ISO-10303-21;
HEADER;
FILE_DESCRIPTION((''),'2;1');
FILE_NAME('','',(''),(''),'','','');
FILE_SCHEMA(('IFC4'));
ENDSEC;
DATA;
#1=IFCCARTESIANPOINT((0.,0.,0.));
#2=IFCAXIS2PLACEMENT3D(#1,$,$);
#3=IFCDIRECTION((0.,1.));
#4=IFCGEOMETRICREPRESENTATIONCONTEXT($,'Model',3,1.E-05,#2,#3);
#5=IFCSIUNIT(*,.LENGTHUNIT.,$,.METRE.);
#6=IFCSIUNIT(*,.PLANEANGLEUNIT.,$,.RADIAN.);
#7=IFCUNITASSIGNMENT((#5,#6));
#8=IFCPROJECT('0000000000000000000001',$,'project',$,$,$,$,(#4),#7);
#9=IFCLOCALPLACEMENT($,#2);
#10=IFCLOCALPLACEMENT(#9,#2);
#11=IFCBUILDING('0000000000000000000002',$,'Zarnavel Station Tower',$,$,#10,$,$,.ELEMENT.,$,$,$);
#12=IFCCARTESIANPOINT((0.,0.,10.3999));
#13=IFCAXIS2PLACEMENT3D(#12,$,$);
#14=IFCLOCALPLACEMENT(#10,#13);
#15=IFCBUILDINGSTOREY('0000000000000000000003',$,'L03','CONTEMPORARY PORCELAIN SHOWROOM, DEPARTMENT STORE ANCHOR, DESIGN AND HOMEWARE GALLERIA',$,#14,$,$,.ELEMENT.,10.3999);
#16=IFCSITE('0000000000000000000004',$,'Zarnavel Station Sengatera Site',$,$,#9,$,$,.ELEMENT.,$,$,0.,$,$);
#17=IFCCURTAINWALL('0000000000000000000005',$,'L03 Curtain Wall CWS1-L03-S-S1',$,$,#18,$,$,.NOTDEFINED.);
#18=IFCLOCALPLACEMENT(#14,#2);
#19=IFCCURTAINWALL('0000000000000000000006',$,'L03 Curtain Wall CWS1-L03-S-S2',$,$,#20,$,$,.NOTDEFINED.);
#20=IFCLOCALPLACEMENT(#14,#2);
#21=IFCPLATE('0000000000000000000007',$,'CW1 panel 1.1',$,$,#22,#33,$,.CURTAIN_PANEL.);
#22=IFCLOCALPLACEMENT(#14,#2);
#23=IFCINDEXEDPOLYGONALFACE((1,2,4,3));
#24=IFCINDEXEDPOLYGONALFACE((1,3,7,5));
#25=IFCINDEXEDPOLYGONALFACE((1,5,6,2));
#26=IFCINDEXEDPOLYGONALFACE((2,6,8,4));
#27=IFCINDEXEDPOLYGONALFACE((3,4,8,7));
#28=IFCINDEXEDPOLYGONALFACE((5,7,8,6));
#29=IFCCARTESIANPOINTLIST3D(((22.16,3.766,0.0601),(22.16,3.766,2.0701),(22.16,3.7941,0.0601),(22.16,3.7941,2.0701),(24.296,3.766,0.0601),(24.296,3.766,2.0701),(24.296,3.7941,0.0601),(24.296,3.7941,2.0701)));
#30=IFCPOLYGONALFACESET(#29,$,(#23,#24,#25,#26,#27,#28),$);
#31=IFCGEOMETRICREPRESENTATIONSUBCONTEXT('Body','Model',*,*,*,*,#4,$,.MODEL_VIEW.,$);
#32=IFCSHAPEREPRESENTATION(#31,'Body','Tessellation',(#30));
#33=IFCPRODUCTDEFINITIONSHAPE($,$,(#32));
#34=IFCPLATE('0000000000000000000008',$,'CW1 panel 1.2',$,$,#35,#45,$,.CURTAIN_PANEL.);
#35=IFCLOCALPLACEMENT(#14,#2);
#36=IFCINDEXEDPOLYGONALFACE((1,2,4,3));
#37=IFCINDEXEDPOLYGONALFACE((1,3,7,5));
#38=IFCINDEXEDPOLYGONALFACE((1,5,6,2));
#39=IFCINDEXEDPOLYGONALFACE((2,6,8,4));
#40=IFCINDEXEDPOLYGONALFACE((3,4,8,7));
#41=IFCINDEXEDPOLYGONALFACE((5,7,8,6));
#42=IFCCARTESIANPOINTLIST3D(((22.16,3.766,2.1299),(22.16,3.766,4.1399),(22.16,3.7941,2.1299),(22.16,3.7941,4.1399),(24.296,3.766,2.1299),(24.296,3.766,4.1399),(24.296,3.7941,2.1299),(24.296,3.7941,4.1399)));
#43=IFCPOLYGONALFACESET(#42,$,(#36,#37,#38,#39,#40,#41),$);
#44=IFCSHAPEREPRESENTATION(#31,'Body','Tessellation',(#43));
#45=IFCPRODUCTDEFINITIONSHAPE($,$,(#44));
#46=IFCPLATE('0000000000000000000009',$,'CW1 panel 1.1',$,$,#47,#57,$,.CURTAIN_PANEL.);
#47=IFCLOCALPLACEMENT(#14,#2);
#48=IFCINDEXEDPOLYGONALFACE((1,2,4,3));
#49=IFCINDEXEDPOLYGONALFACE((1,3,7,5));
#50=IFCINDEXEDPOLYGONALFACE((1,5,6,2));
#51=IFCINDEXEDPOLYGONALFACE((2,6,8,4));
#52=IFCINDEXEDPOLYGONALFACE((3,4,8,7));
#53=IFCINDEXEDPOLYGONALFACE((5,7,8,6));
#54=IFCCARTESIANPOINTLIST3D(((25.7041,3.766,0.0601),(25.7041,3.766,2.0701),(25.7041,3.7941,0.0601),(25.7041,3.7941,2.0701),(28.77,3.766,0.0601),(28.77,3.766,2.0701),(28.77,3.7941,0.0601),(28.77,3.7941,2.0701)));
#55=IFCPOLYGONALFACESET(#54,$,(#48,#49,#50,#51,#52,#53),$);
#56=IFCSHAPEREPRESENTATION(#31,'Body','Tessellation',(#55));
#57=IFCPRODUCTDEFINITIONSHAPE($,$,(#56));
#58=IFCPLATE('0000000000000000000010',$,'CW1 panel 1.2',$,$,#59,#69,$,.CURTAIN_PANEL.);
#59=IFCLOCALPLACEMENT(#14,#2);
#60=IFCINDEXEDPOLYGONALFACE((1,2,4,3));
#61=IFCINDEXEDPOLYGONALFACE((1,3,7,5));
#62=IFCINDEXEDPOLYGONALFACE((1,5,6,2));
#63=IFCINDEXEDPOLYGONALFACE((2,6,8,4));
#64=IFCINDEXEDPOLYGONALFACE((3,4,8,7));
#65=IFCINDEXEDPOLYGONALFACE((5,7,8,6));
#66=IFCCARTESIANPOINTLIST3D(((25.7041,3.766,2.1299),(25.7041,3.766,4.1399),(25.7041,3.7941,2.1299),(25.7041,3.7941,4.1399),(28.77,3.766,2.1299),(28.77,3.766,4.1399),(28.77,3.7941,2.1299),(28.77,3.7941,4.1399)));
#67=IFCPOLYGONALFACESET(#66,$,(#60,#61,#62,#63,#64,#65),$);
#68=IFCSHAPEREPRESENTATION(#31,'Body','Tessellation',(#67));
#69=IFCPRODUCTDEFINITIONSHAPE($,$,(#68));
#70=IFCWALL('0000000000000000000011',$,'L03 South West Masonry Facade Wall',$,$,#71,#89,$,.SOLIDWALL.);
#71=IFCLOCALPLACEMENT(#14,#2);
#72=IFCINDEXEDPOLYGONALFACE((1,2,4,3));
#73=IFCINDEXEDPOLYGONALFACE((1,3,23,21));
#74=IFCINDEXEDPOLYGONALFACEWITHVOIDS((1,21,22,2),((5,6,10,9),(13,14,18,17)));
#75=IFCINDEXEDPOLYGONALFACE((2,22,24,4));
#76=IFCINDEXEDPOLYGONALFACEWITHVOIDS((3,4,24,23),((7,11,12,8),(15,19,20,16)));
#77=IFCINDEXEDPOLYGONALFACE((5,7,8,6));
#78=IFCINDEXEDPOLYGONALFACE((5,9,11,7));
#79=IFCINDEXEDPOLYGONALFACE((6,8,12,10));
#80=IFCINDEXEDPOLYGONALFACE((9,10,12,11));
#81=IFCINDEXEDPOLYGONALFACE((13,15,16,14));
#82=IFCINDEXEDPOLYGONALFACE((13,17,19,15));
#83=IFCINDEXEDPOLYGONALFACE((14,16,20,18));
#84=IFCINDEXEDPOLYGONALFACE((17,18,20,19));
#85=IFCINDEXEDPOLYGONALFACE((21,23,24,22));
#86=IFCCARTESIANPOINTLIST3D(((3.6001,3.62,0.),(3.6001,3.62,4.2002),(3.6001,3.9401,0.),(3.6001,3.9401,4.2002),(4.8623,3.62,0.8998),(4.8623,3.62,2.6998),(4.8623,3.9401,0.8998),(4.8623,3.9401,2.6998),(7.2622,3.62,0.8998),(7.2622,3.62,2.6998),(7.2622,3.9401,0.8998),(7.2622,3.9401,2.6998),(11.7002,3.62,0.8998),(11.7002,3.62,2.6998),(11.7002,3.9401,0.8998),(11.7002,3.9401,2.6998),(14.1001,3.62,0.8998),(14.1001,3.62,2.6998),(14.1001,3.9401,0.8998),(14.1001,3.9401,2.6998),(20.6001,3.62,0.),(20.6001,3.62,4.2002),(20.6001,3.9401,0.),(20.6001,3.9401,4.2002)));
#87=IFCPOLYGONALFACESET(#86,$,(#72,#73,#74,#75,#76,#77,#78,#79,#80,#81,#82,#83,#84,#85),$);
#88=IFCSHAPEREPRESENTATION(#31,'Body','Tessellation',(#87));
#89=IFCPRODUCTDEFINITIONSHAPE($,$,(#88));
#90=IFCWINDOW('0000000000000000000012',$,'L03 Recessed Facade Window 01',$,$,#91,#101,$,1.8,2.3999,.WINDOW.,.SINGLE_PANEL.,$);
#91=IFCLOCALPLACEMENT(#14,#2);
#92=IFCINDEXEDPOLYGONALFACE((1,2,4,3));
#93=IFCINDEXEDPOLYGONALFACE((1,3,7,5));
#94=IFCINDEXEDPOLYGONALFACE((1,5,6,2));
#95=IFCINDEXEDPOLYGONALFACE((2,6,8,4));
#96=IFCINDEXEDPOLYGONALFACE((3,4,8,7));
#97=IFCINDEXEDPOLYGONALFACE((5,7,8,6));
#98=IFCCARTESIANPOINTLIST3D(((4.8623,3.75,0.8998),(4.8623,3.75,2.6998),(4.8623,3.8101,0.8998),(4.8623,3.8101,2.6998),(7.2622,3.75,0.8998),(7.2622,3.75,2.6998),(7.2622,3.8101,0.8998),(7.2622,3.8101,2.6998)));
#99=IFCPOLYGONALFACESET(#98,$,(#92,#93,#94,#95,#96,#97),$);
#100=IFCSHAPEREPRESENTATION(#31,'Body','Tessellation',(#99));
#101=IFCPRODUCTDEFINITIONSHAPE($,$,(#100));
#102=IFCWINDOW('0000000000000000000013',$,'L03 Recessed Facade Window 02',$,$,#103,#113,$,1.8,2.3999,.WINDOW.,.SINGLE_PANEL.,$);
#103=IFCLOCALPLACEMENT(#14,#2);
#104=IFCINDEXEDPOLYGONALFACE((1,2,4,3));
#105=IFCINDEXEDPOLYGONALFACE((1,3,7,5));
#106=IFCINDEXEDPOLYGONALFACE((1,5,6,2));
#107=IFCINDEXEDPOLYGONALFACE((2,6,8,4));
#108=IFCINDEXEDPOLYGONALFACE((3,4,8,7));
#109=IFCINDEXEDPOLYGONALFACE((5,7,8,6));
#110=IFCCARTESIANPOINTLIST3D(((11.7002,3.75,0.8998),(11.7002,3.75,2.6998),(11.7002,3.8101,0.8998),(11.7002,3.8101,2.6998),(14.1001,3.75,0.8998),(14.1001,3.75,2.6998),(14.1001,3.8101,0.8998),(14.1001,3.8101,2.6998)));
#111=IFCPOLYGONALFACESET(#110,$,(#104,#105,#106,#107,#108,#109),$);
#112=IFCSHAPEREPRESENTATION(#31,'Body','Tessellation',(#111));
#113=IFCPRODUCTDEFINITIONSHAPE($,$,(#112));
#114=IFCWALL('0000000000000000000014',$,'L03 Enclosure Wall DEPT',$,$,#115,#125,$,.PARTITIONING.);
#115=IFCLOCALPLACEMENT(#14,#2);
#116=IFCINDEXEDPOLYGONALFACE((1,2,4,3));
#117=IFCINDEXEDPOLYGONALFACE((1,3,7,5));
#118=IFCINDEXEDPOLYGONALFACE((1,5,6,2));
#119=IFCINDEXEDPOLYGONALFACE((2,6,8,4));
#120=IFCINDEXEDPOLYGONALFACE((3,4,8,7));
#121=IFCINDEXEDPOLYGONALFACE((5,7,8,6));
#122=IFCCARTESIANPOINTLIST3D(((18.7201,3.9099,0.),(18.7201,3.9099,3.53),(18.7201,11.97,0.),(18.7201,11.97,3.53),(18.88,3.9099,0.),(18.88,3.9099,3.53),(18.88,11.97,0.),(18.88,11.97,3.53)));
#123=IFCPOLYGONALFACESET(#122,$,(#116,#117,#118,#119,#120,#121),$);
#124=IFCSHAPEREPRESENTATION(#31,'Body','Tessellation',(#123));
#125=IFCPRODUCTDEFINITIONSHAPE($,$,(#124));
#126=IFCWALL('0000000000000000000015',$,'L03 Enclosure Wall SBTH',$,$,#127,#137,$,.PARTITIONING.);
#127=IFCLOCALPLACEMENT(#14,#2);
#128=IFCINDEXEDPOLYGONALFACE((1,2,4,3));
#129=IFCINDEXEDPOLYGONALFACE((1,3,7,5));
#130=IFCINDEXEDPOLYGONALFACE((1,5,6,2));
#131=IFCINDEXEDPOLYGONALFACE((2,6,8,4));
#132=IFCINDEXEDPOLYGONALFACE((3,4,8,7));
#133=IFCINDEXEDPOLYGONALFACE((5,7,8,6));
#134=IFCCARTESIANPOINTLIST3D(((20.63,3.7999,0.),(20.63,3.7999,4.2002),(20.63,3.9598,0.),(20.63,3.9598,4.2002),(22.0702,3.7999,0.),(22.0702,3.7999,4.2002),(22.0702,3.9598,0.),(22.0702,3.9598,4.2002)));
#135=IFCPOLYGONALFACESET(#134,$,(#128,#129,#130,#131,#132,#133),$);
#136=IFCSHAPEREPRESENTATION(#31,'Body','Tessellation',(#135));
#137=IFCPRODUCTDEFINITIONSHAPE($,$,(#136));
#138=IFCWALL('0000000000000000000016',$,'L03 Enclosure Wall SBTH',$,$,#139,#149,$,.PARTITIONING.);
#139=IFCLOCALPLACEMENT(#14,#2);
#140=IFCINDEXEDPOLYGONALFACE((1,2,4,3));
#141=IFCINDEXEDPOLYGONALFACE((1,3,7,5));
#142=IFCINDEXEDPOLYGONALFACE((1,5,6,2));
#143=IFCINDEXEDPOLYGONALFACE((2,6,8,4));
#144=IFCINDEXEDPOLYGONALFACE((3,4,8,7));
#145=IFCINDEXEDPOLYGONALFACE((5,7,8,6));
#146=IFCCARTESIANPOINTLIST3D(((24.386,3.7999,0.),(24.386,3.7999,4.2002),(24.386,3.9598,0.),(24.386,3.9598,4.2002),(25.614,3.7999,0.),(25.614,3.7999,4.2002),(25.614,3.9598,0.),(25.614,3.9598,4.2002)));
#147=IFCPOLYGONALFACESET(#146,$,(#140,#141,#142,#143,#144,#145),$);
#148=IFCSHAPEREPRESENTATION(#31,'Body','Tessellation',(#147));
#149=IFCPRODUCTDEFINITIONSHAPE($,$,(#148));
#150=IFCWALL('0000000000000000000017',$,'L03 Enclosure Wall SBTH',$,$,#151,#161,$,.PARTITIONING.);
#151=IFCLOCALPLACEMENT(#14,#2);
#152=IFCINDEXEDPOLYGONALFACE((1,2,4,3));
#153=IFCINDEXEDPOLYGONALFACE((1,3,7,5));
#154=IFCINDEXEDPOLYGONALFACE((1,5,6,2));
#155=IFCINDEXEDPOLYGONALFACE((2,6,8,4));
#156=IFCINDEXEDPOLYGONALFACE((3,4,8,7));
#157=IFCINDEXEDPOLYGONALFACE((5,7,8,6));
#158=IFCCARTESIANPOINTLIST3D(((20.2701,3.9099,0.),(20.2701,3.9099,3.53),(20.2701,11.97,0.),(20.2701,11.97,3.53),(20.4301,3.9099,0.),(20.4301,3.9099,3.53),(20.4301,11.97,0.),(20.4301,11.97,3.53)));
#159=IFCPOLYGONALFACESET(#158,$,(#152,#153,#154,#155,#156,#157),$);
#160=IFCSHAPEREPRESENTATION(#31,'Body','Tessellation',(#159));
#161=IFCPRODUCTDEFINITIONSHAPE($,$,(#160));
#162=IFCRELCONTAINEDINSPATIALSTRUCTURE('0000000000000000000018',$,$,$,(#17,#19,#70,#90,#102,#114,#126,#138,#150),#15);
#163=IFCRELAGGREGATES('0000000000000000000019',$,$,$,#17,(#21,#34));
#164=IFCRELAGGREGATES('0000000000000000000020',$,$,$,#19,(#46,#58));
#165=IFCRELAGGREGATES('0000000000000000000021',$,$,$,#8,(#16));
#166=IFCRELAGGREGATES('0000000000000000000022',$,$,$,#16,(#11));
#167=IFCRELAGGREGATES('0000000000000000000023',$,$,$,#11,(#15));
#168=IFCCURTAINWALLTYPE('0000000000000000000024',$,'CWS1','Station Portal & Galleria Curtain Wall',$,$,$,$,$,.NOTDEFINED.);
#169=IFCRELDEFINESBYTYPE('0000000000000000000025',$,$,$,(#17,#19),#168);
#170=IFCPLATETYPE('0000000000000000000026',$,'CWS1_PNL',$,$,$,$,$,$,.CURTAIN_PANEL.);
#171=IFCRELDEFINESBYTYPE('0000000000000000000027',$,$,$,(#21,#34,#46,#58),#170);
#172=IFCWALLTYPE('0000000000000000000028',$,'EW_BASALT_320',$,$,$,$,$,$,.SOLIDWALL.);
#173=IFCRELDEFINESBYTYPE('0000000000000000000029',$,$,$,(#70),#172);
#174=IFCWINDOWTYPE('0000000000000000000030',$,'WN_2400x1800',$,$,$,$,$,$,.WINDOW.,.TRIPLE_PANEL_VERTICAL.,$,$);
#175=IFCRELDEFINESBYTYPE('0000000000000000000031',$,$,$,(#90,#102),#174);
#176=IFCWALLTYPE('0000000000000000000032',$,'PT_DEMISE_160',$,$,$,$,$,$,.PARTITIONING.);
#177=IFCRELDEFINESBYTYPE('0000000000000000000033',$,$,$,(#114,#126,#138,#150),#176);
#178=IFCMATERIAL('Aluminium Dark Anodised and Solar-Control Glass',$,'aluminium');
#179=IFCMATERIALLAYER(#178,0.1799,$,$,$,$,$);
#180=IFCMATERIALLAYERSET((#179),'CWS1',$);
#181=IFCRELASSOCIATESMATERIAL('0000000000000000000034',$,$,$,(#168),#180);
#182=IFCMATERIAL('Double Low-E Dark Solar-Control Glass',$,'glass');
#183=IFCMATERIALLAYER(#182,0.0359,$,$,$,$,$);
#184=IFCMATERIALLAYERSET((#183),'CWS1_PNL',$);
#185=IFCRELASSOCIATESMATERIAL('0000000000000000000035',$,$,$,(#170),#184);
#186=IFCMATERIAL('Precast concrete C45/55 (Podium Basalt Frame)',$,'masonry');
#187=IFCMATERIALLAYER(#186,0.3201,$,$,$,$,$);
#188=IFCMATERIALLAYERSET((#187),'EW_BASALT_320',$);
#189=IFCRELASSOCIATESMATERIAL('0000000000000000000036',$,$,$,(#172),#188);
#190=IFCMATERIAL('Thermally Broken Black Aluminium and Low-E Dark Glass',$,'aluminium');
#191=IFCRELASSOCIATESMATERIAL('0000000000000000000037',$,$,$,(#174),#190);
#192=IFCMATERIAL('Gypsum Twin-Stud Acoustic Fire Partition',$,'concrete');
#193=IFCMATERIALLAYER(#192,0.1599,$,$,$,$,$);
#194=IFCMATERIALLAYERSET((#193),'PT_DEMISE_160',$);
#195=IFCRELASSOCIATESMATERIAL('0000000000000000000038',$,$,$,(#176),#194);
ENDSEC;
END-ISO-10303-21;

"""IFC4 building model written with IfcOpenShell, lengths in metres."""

from ifc_helpers import new_model, si_unit, direction, frame, frame_2d, origin, origin_2d, place, context, subcontext, project, spatial, rectangle, extrude, material, layer, layer_set, type_object, element, fill, aggregate, save


model = new_model("IFC4")

# Units and contexts
model_context = context("Model", 3, precision=1e-05, world=origin(), true_north=direction((0.0, 1.0)))
body_context = subcontext(model_context, "Body", "Model", "MODEL_VIEW")
ifc_project = project(units=[si_unit("LENGTHUNIT", "METRE"), si_unit("PLANEANGLEUNIT", "RADIAN")], contexts=[model_context])

# Site, building, storey
site_placement = place(None, origin())
site = spatial("IfcSite", under=ifc_project, at=site_placement, Name="Zarnavel Station Sengatera Site", CompositionType="ELEMENT", RefElevation=0.0)
building_placement = place(site_placement, origin())
building = spatial("IfcBuilding", under=site, at=building_placement, Name="Zarnavel Station Tower", CompositionType="ELEMENT")
storey_placement = place(building_placement, frame((0.0, 0.0, 10.3999)))
storey = spatial("IfcBuildingStorey", under=building, at=storey_placement, Name="L03", Description="CONTEMPORARY PORCELAIN SHOWROOM, DEPARTMENT STORE ANCHOR, DESIGN AND HOMEWARE GALLERIA", CompositionType="ELEMENT", Elevation=10.3999)

# Curtain wall
ifc_material_1 = material(Name="Aluminium Dark Anodised and Solar-Control Glass", Category="aluminium")
ifc_layer_1 = layer(ifc_material_1, 0.1799)
ifc_layer_set_1 = layer_set([ifc_layer_1], Name="CWS1")
curtain_wall_type = type_object("IfcCurtainWallType", Name="CWS1", Description="Station Portal & Galleria Curtain Wall", PredefinedType="NOTDEFINED", material=ifc_layer_set_1)
curtain_wall_1_placement = place(storey_placement, origin())
curtain_wall_1 = element("IfcCurtainWall", 1, at=curtain_wall_1_placement, inside=storey, type_object=curtain_wall_type, Name="L03 Curtain Wall CWS1-L03-S-S1", PredefinedType="NOTDEFINED")

# Curtain wall
curtain_wall_2_placement = place(storey_placement, origin())
curtain_wall_2 = element("IfcCurtainWall", 2, at=curtain_wall_2_placement, inside=storey, type_object=curtain_wall_type, Name="L03 Curtain Wall CWS1-L03-S-S2", PredefinedType="NOTDEFINED")

# Plates
ifc_material_2 = material(Name="Double Low-E Dark Solar-Control Glass", Category="glass")
ifc_layer_2 = layer(ifc_material_2, 0.0359)
ifc_layer_set_2 = layer_set([ifc_layer_2], Name="CWS1_PNL")
plate_type = type_object("IfcPlateType", Name="CWS1_PNL", PredefinedType="CURTAIN_PANEL", material=ifc_layer_set_2)
plate_1_placement = place(storey_placement, frame((23.228, 3.78, 0.0601), z_axis=(0.0, 0.0, 1.0), x_axis=(1.0, 0.0, 0.0)))
plate_1 = element("IfcPlate", 3, at=plate_1_placement, type_object=plate_type, Name="CW1 panel 1.1", PredefinedType="CURTAIN_PANEL", context=body_context, shape_type="SweptSolid", body=[
    extrude(rectangle(XDim=2.136, YDim=0.0281, at=origin_2d()), origin(), (0.0, 0.0, 1.0), 2.01),
])
plate_2_placement = place(storey_placement, frame((23.228, 3.78, 2.1299), z_axis=(0.0, 0.0, 1.0), x_axis=(1.0, 0.0, 0.0)))
plate_2 = element("IfcPlate", 4, at=plate_2_placement, type_object=plate_type, Name="CW1 panel 1.2", PredefinedType="CURTAIN_PANEL", context=body_context, shape_type="SweptSolid", body=[
    extrude(rectangle(XDim=2.136, YDim=0.0281, at=origin_2d()), origin(), (0.0, 0.0, 1.0), 2.01),
])
aggregate(curtain_wall_1, [plate_1, plate_2])
plate_3_placement = place(storey_placement, frame((27.2371, 3.78, 0.0601), z_axis=(0.0, 0.0, 1.0), x_axis=(1.0, 0.0, 0.0)))
plate_3 = element("IfcPlate", 5, at=plate_3_placement, type_object=plate_type, Name="CW1 panel 1.1", PredefinedType="CURTAIN_PANEL", context=body_context, shape_type="SweptSolid", body=[
    extrude(rectangle(XDim=3.0659, YDim=0.0281, at=origin_2d()), origin(), (0.0, 0.0, 1.0), 2.01),
])
plate_4_placement = place(storey_placement, frame((27.2371, 3.78, 2.1299), z_axis=(0.0, 0.0, 1.0), x_axis=(1.0, 0.0, 0.0)))
plate_4 = element("IfcPlate", 6, at=plate_4_placement, type_object=plate_type, Name="CW1 panel 1.2", PredefinedType="CURTAIN_PANEL", context=body_context, shape_type="SweptSolid", body=[
    extrude(rectangle(XDim=3.0659, YDim=0.0281, at=origin_2d()), origin(), (0.0, 0.0, 1.0), 2.01),
])
aggregate(curtain_wall_2, [plate_3, plate_4])

# Wall, openings, windows
ifc_material_3 = material(Name="Precast concrete C45/55 (Podium Basalt Frame)", Category="masonry")
ifc_layer_3 = layer(ifc_material_3, 0.3201)
ifc_layer_set_3 = layer_set([ifc_layer_3], Name="EW_BASALT_320")
wall_type_1 = type_object("IfcWallType", Name="EW_BASALT_320", PredefinedType="SOLIDWALL", material=ifc_layer_set_3)
wall_1_placement = place(storey_placement, frame((20.6001, 3.78, 0.0), z_axis=(0.0, 0.0, 1.0), x_axis=(-1.0, 0.0, 0.0)))
wall_1 = element("IfcWall", 7, at=wall_1_placement, inside=storey, type_object=wall_type_1, Name="L03 South West Masonry Facade Wall", PredefinedType="SOLIDWALL", context=body_context, shape_type="SweptSolid", body=[
    extrude(rectangle(XDim=17.0, YDim=0.3201, at=frame_2d((8.5, 0.0))), origin(), (0.0, 0.0, 1.0), 4.2002),
])
opening_1_placement = place(wall_1_placement, frame((13.3379, 0.0, 0.8999)))
opening_1 = element("IfcOpeningElement", 8, at=opening_1_placement, cuts=wall_1, PredefinedType="OPENING", context=body_context, shape_type="SweptSolid", body=[
    extrude(rectangle(XDim=2.3999, YDim=1.8, at=frame_2d((1.2, 0.8999))), frame((0.0, 0.1699, 0.0), z_axis=(0.0, -1.0, 0.0), x_axis=(1.0, 0.0, 0.0)), (0.0, 0.0, 1.0), 0.3401),
])
opening_2_placement = place(wall_1_placement, frame((6.5, 0.0, 0.8999)))
opening_2 = element("IfcOpeningElement", 9, at=opening_2_placement, cuts=wall_1, PredefinedType="OPENING", context=body_context, shape_type="SweptSolid", body=[
    extrude(rectangle(XDim=2.3999, YDim=1.8, at=frame_2d((1.2, 0.8999))), frame((0.0, 0.1699, 0.0), z_axis=(0.0, -1.0, 0.0), x_axis=(1.0, 0.0, 0.0)), (0.0, 0.0, 1.0), 0.3401),
])
ifc_material_4 = material(Name="Thermally Broken Black Aluminium and Low-E Dark Glass", Category="aluminium")
window_type = type_object("IfcWindowType", Name="WN_2400x1800", PartitioningType="TRIPLE_PANEL_VERTICAL", PredefinedType="WINDOW", material=ifc_material_4)
window_1_placement = place(opening_1_placement, origin())
window_1 = element("IfcWindow", 10, at=window_1_placement, inside=storey, type_object=window_type, Name="L03 Recessed Facade Window 01", OverallHeight=1.8, OverallWidth=2.3999, PartitioningType="SINGLE_PANEL", PredefinedType="WINDOW", context=body_context, shape_type="SweptSolid", body=[
    extrude(rectangle(XDim=2.3999, YDim=1.8, at=frame_2d((1.2, 0.8999))), frame((0.0, 0.03, 0.0), z_axis=(0.0, -1.0, 0.0), x_axis=(1.0, 0.0, 0.0)), (0.0, 0.0, 1.0), 0.0601),
])
fill(opening_1, window_1)
window_2_placement = place(opening_2_placement, origin())
window_2 = element("IfcWindow", 11, at=window_2_placement, inside=storey, type_object=window_type, Name="L03 Recessed Facade Window 02", OverallHeight=1.8, OverallWidth=2.3999, PartitioningType="SINGLE_PANEL", PredefinedType="WINDOW", context=body_context, shape_type="SweptSolid", body=[
    extrude(rectangle(XDim=2.3999, YDim=1.8, at=frame_2d((1.2, 0.8999))), frame((0.0, 0.03, 0.0), z_axis=(0.0, -1.0, 0.0), x_axis=(1.0, 0.0, 0.0)), (0.0, 0.0, 1.0), 0.0601),
])
fill(opening_2, window_2)

# Walls
ifc_material_5 = material(Name="Gypsum Twin-Stud Acoustic Fire Partition", Category="concrete")
ifc_layer_4 = layer(ifc_material_5, 0.1599)
ifc_layer_set_4 = layer_set([ifc_layer_4], Name="PT_DEMISE_160")
wall_type_2 = type_object("IfcWallType", Name="PT_DEMISE_160", PredefinedType="PARTITIONING", material=ifc_layer_set_4)
wall_2_placement = place(storey_placement, frame((18.8, 3.9099, 0.0), z_axis=(0.0, 0.0, 1.0), x_axis=(0.0, 1.0, 0.0)))
element("IfcWall", 12, at=wall_2_placement, inside=storey, type_object=wall_type_2, Name="L03 Enclosure Wall DEPT", PredefinedType="PARTITIONING", context=body_context, shape_type="SweptSolid", body=[
    extrude(rectangle(XDim=8.0601, YDim=0.1599, at=frame_2d((4.03, 0.0))), origin(), (0.0, 0.0, 1.0), 3.53),
])
wall_3_placement = place(storey_placement, frame((20.6299, 3.8799, 0.0), z_axis=(0.0, 0.0, 1.0), x_axis=(1.0, 0.0, 0.0)))
element("IfcWall", 13, at=wall_3_placement, inside=storey, type_object=wall_type_2, Name="L03 Enclosure Wall SBTH", PredefinedType="PARTITIONING", context=body_context, shape_type="SweptSolid", body=[
    extrude(rectangle(XDim=1.4402, YDim=0.1599, at=frame_2d((0.7202, 0.0))), origin(), (0.0, 0.0, 1.0), 4.2002),
])
wall_4_placement = place(storey_placement, frame((24.386, 3.8799, 0.0), z_axis=(0.0, 0.0, 1.0), x_axis=(1.0, 0.0, 0.0)))
element("IfcWall", 14, at=wall_4_placement, inside=storey, type_object=wall_type_2, Name="L03 Enclosure Wall SBTH", PredefinedType="PARTITIONING", context=body_context, shape_type="SweptSolid", body=[
    extrude(rectangle(XDim=1.228, YDim=0.1599, at=frame_2d((0.614, 0.0))), origin(), (0.0, 0.0, 1.0), 4.2002),
])
wall_5_placement = place(storey_placement, frame((20.3501, 3.9099, 0.0), z_axis=(0.0, 0.0, 1.0), x_axis=(0.0, 1.0, 0.0)))
element("IfcWall", 15, at=wall_5_placement, inside=storey, type_object=wall_type_2, Name="L03 Enclosure Wall SBTH", PredefinedType="PARTITIONING", context=body_context, shape_type="SweptSolid", body=[
    extrude(rectangle(XDim=8.0601, YDim=0.1599, at=frame_2d((4.03, 0.0))), origin(), (0.0, 0.0, 1.0), 3.53),
])

save(model, "model.ifc")
